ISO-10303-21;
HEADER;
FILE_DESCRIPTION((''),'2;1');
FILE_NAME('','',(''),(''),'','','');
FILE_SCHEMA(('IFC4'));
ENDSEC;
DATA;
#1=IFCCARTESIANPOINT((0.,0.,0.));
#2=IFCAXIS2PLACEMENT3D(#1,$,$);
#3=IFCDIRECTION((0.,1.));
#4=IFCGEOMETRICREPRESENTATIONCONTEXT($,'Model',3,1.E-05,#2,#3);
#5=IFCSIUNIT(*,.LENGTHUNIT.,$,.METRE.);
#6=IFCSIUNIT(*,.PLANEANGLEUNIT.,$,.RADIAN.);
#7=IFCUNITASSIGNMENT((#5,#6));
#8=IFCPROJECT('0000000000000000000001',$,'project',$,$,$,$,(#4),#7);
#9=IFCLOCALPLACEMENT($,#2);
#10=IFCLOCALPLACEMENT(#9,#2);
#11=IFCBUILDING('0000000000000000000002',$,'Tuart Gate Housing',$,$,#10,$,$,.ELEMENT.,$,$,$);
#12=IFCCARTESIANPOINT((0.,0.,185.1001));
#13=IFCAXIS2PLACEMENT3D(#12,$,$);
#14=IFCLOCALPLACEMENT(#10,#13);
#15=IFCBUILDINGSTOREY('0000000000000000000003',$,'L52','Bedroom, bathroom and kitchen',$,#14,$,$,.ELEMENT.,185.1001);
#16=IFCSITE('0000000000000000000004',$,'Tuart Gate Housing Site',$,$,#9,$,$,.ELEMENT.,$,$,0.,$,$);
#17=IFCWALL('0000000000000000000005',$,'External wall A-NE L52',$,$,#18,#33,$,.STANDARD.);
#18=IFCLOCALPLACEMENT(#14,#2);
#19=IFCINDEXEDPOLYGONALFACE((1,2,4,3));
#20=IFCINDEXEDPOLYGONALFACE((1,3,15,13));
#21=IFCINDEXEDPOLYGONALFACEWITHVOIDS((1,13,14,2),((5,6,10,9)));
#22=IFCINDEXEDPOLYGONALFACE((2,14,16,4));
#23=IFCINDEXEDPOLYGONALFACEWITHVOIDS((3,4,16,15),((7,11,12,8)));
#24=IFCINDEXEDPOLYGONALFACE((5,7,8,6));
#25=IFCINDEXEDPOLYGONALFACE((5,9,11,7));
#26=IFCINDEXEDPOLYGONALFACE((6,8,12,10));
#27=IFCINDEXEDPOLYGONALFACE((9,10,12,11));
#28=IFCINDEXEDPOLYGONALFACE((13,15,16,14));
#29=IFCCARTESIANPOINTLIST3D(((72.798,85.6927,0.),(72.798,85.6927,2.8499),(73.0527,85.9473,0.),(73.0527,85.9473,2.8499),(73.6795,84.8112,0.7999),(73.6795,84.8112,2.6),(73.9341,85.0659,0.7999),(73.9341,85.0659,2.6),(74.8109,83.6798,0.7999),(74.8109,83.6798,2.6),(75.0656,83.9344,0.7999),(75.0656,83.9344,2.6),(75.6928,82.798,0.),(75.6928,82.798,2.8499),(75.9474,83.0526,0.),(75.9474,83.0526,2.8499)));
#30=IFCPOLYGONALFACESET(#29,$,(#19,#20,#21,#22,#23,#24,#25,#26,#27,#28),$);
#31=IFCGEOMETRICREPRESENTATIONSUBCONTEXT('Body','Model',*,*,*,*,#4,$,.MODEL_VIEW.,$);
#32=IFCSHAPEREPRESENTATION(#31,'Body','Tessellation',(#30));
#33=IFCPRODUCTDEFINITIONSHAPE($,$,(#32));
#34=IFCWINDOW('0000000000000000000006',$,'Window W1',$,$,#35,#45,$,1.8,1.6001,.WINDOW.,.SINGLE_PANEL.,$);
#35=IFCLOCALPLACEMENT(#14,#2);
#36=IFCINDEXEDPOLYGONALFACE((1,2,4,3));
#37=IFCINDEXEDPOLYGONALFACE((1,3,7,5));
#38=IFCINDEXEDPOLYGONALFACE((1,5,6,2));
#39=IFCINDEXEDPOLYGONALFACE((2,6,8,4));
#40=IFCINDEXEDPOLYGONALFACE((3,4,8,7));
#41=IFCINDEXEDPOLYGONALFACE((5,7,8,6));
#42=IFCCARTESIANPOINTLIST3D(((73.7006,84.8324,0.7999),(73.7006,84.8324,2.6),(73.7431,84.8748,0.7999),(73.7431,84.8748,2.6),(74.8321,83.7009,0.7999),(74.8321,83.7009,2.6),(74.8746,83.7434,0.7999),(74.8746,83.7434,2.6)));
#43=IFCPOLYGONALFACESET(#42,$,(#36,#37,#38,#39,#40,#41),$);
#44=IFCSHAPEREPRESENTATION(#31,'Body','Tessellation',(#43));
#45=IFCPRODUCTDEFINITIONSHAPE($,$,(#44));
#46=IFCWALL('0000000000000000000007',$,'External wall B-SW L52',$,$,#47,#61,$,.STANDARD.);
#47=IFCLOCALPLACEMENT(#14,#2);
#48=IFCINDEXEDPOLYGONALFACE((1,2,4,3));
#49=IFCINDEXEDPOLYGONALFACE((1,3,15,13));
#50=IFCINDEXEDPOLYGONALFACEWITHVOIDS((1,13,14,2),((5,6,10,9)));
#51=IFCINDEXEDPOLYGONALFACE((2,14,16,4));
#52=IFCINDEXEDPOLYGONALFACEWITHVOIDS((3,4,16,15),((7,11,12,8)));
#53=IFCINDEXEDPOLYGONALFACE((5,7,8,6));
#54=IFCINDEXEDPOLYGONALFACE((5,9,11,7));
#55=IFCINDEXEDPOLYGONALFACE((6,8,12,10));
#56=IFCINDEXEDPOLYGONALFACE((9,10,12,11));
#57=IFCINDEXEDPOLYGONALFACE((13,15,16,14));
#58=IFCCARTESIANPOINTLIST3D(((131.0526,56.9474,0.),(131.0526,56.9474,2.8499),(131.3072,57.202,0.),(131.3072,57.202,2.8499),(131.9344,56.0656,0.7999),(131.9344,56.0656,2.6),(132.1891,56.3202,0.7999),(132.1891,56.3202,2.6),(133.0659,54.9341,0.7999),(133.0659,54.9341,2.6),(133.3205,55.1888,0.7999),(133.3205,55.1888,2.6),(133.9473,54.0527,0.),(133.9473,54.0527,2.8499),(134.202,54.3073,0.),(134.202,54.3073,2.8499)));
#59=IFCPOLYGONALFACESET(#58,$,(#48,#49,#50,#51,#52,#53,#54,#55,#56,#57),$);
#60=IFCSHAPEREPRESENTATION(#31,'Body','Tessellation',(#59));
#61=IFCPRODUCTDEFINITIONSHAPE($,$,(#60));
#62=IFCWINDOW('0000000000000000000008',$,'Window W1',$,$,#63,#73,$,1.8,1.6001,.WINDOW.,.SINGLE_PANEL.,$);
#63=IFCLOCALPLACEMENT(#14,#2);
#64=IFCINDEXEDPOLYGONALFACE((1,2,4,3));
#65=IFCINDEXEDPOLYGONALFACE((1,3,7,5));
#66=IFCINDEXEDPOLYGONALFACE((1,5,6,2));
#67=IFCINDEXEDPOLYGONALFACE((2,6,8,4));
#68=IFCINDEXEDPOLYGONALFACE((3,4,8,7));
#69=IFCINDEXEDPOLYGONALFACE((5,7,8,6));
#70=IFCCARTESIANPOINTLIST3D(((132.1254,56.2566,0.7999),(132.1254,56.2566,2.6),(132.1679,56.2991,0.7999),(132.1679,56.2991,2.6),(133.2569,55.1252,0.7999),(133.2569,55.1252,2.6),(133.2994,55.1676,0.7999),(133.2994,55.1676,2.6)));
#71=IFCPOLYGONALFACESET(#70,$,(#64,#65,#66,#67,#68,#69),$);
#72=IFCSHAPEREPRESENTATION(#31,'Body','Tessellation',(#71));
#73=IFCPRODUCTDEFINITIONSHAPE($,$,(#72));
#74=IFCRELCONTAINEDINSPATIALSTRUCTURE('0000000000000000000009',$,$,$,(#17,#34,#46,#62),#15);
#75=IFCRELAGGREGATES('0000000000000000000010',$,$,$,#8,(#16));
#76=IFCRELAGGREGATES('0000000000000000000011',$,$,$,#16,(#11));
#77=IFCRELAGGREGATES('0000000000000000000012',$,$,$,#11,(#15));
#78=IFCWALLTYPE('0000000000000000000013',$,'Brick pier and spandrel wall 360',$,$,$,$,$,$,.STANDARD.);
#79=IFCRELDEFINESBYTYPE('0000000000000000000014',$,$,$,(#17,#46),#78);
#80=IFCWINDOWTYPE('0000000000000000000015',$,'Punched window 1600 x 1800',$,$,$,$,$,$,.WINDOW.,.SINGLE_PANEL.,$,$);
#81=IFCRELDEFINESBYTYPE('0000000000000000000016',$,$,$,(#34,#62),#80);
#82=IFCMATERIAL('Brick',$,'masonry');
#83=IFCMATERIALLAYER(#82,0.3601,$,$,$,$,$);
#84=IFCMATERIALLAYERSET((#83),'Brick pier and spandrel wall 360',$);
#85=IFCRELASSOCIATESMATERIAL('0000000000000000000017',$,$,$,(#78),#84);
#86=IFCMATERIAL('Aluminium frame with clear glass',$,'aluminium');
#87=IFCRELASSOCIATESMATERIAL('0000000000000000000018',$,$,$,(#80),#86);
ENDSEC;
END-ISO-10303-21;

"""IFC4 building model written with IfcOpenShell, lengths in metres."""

from ifc_helpers import new_model, si_unit, direction, frame, frame_2d, origin, place, context, subcontext, project, spatial, rectangle, extrude, material, layer, layer_set, type_object, element, fill, save


model = new_model("IFC4")

# Units and contexts
model_context = context("Model", 3, precision=1e-05, world=origin(), true_north=direction((0.0, 1.0)))
body_context = subcontext(model_context, "Body", "Model", "MODEL_VIEW")
ifc_project = project(units=[si_unit("LENGTHUNIT", "METRE"), si_unit("PLANEANGLEUNIT", "RADIAN")], contexts=[model_context])

# Site, building, storey
site_placement = place(None, origin())
site = spatial("IfcSite", under=ifc_project, at=site_placement, Name="Tuart Gate Housing Site", CompositionType="ELEMENT", RefElevation=0.0)
building_placement = place(site_placement, origin())
building = spatial("IfcBuilding", under=site, at=building_placement, Name="Tuart Gate Housing", CompositionType="ELEMENT")
storey_placement = place(building_placement, frame((0.0, 0.0, 185.1001)))
storey = spatial("IfcBuildingStorey", under=building, at=storey_placement, Name="L52", Description="Bedroom, bathroom and kitchen", CompositionType="ELEMENT", Elevation=185.1001)

# Shared definitions
ifc_material_1 = material(Name="Brick", Category="masonry")
ifc_layer_1 = layer(ifc_material_1, 0.3601)
ifc_layer_set_1 = layer_set([ifc_layer_1], Name="Brick pier and spandrel wall 360")
wall_type_1 = type_object("IfcWallType", Name="Brick pier and spandrel wall 360", PredefinedType="STANDARD", material=ifc_layer_set_1)
ifc_material_2 = material(Name="Aluminium frame with clear glass", Category="aluminium")
window_type_1 = type_object("IfcWindowType", Name="Punched window 1600 x 1800", PartitioningType="SINGLE_PANEL", PredefinedType="WINDOW", material=ifc_material_2)

# Walls, openings, windows
wall_1_placement = place(storey_placement, frame((75.8201, 82.9253, 0.0), z_axis=(0.0, 0.0, 1.0), x_axis=(-0.707107, 0.707107, 0.0)))
wall_1 = element("IfcWall", 1, at=wall_1_placement, inside=storey, type_object=wall_type_1, Name="External wall A-NE L52", PredefinedType="STANDARD", context=body_context, shape_type="SweptSolid", body=[
    extrude(rectangle(XDim=4.0938, YDim=0.3601, at=frame_2d((2.0469, 0.0))), origin(), (0.0, 0.0, 1.0), 2.8499),
])
opening_1_placement = place(wall_1_placement, frame((1.2471, 0.0, 0.8)))
opening_1 = element("IfcOpeningElement", 2, at=opening_1_placement, cuts=wall_1, PredefinedType="OPENING", context=body_context, shape_type="SweptSolid", body=[
    extrude(rectangle(XDim=1.6001, YDim=1.8, at=frame_2d((0.8, 0.8999))), frame((0.0, 0.1899, 0.0), z_axis=(0.0, -1.0, 0.0), x_axis=(1.0, 0.0, 0.0)), (0.0, 0.0, 1.0), 0.3801),
])
window_1_placement = place(opening_1_placement, origin())
window_1 = element("IfcWindow", 3, at=window_1_placement, inside=storey, type_object=window_type_1, Name="Window W1", OverallHeight=1.8, OverallWidth=1.6001, PartitioningType="SINGLE_PANEL", PredefinedType="WINDOW", context=body_context, shape_type="SweptSolid", body=[
    extrude(rectangle(XDim=1.6001, YDim=1.8, at=frame_2d((0.8, 0.8999))), frame((0.0, 0.1501, 0.0), z_axis=(0.0, -1.0, 0.0), x_axis=(1.0, 0.0, 0.0)), (0.0, 0.0, 1.0), 0.0601),
])
fill(opening_1, window_1)
wall_2_placement = place(storey_placement, frame((131.1799, 57.0747, 0.0), z_axis=(0.0, 0.0, 1.0), x_axis=(0.707107, -0.707107, 0.0)))
wall_2 = element("IfcWall", 4, at=wall_2_placement, inside=storey, type_object=wall_type_1, Name="External wall B-SW L52", PredefinedType="STANDARD", context=body_context, shape_type="SweptSolid", body=[
    extrude(rectangle(XDim=4.0938, YDim=0.3601, at=frame_2d((2.0469, 0.0))), origin(), (0.0, 0.0, 1.0), 2.8499),
])
opening_2_placement = place(wall_2_placement, frame((1.2471, 0.0, 0.8)))
opening_2 = element("IfcOpeningElement", 5, at=opening_2_placement, cuts=wall_2, PredefinedType="OPENING", context=body_context, shape_type="SweptSolid", body=[
    extrude(rectangle(XDim=1.6001, YDim=1.8, at=frame_2d((0.8, 0.8999))), frame((0.0, 0.1899, 0.0), z_axis=(0.0, -1.0, 0.0), x_axis=(1.0, 0.0, 0.0)), (0.0, 0.0, 1.0), 0.3801),
])
window_2_placement = place(opening_2_placement, origin())
window_2 = element("IfcWindow", 6, at=window_2_placement, inside=storey, type_object=window_type_1, Name="Window W1", OverallHeight=1.8, OverallWidth=1.6001, PartitioningType="SINGLE_PANEL", PredefinedType="WINDOW", context=body_context, shape_type="SweptSolid", body=[
    extrude(rectangle(XDim=1.6001, YDim=1.8, at=frame_2d((0.8, 0.8999))), frame((0.0, 0.1501, 0.0), z_axis=(0.0, -1.0, 0.0), x_axis=(1.0, 0.0, 0.0)), (0.0, 0.0, 1.0), 0.0601),
])
fill(opening_2, window_2)

save(model, "model.ifc")
